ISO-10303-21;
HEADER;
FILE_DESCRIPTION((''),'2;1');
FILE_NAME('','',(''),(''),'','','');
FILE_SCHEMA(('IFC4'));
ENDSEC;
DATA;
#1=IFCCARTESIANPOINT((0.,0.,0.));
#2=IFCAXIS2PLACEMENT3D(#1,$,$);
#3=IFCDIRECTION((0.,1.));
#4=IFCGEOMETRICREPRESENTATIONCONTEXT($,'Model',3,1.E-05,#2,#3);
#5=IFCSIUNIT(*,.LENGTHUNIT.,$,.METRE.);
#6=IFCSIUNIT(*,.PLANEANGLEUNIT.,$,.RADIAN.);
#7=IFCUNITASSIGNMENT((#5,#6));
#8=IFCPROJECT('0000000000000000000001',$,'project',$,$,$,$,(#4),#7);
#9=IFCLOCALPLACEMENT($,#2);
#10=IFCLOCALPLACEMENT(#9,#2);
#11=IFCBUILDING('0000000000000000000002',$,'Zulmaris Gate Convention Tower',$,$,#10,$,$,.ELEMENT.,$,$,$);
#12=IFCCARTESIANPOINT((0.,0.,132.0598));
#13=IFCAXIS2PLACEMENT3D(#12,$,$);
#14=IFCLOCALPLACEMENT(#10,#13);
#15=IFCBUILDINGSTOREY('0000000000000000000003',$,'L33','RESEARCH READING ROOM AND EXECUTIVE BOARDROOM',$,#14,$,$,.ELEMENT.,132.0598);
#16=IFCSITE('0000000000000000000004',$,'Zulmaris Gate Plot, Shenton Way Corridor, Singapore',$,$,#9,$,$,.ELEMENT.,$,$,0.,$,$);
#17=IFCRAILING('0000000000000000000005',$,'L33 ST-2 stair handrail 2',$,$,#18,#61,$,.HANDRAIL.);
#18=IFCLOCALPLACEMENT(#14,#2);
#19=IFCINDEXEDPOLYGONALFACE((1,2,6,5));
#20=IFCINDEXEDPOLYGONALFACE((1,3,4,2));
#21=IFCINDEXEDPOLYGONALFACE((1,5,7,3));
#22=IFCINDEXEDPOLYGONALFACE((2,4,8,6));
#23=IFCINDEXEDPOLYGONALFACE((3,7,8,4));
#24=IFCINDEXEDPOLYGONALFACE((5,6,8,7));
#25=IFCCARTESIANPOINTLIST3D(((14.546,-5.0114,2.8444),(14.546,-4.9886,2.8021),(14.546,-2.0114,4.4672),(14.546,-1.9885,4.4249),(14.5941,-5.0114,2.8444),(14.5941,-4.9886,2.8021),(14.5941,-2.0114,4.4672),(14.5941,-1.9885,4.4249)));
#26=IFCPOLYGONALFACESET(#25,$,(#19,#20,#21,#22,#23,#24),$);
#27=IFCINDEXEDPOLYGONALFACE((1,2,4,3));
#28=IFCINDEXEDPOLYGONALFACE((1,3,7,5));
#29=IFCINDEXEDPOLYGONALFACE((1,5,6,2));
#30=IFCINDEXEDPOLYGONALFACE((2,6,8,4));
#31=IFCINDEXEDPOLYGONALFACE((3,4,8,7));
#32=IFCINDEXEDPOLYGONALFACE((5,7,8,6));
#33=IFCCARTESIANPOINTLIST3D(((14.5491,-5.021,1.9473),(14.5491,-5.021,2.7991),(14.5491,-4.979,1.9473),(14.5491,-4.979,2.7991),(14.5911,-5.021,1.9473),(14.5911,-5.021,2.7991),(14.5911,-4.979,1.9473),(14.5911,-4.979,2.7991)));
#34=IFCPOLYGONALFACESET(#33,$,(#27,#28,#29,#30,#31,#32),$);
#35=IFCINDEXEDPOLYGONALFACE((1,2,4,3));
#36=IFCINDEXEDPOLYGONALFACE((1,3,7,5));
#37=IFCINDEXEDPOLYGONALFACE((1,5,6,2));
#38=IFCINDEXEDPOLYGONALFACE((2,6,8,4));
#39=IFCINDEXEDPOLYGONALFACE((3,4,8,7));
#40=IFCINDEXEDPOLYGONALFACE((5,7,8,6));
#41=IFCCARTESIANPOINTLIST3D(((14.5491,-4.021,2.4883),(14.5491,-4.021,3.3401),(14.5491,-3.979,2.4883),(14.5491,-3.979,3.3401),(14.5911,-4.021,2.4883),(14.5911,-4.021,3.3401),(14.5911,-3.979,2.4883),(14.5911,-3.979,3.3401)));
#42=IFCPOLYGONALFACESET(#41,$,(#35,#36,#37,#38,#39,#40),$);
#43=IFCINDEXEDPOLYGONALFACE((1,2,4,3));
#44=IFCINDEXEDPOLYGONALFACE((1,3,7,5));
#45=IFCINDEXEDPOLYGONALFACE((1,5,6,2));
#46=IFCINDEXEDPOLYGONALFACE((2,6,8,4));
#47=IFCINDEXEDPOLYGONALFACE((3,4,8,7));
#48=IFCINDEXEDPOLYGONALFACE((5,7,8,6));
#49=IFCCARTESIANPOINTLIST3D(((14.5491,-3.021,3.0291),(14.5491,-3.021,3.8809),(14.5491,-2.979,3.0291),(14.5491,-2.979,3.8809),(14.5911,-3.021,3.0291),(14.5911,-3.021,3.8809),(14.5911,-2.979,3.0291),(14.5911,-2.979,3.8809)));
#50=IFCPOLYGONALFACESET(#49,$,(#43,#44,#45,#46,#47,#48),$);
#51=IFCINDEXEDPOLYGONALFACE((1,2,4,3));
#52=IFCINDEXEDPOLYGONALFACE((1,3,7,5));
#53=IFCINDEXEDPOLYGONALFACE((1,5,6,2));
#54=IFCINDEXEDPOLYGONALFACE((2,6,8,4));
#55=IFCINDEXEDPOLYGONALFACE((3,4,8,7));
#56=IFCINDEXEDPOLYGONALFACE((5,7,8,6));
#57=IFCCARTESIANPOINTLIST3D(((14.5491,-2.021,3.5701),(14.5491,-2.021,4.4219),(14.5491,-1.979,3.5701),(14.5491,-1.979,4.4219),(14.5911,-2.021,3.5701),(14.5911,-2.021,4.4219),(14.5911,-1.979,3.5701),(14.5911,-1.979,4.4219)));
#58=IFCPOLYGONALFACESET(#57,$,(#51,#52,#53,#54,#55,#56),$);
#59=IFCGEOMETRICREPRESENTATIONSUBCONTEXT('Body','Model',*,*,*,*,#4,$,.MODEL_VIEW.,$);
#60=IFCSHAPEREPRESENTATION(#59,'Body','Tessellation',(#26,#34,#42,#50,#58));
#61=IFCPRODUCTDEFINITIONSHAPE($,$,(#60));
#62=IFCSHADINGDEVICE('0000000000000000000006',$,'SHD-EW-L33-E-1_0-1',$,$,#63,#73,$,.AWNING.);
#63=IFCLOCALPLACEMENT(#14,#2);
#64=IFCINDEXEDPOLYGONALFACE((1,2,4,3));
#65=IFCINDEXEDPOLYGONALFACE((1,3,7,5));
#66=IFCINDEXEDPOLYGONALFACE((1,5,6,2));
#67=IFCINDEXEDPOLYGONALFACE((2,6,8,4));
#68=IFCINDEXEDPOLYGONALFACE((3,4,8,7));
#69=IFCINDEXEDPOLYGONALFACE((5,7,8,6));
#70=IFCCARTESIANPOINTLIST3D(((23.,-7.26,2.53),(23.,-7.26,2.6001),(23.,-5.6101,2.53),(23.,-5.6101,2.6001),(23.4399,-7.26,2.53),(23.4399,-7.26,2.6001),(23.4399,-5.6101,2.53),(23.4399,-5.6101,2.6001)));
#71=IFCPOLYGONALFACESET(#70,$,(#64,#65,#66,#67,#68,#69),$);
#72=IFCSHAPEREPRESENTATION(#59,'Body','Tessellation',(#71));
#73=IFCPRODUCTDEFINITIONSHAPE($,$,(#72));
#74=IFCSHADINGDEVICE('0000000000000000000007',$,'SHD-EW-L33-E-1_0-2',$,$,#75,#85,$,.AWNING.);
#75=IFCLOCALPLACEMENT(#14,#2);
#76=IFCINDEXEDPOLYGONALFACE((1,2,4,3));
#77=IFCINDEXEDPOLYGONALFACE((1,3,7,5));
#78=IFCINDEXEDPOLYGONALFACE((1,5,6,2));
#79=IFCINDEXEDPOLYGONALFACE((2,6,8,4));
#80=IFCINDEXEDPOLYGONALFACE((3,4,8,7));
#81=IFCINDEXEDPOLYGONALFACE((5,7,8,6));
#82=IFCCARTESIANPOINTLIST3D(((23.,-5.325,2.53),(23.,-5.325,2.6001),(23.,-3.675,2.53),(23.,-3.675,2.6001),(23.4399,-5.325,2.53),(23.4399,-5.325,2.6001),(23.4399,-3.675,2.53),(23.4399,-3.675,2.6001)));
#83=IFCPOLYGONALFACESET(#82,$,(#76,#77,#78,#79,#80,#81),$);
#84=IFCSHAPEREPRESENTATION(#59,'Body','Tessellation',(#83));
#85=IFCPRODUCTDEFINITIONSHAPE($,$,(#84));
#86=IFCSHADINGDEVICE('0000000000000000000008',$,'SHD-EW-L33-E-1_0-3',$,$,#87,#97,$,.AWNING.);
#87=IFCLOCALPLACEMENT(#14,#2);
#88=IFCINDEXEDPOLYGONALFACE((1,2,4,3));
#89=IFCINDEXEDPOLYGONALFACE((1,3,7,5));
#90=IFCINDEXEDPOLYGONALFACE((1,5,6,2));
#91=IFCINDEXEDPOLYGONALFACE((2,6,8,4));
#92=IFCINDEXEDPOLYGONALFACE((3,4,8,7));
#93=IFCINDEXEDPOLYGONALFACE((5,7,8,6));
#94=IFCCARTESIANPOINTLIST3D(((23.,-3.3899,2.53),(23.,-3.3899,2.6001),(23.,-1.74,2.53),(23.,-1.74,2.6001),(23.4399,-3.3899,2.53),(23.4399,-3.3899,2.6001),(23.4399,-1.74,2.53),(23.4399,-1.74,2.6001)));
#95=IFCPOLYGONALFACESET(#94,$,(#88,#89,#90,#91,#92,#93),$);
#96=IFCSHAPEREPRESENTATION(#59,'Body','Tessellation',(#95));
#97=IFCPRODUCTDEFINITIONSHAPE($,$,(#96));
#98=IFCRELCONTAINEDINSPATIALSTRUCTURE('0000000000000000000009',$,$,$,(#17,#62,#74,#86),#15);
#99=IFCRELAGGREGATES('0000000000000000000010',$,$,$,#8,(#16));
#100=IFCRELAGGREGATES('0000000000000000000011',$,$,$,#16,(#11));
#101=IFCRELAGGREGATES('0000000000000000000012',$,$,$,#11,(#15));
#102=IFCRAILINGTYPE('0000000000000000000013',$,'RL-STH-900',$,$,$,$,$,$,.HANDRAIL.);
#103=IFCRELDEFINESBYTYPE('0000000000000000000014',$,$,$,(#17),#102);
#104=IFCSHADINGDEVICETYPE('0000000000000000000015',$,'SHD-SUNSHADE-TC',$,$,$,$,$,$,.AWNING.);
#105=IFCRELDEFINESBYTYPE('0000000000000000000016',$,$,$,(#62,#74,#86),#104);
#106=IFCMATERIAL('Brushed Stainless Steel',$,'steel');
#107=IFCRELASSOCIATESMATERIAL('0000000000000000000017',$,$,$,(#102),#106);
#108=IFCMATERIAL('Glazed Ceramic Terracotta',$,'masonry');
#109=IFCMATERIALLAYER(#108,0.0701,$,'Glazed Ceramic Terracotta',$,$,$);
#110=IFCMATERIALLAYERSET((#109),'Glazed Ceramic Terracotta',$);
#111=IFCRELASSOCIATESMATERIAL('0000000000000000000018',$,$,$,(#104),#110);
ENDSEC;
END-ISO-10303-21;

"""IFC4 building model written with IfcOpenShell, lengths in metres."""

from ifc_helpers import new_model, si_unit, direction, frame, frame_2d, origin, origin_2d, place, context, subcontext, project, spatial, rectangle, extrude, material, layer, layer_set, type_object, element, save


model = new_model("IFC4")

# Units and contexts
model_context = context("Model", 3, precision=1e-05, world=origin(), true_north=direction((0.0, 1.0)))
body_context = subcontext(model_context, "Body", "Model", "MODEL_VIEW")
ifc_project = project(units=[si_unit("LENGTHUNIT", "METRE"), si_unit("PLANEANGLEUNIT", "RADIAN")], contexts=[model_context])

# Site, building, storey
site_placement = place(None, origin())
site = spatial("IfcSite", under=ifc_project, at=site_placement, Name="Zulmaris Gate Plot, Shenton Way Corridor, Singapore", CompositionType="ELEMENT", RefElevation=0.0)
building_placement = place(site_placement, origin())
building = spatial("IfcBuilding", under=site, at=building_placement, Name="Zulmaris Gate Convention Tower", CompositionType="ELEMENT")
storey_placement = place(building_placement, frame((0.0, 0.0, 132.0598)))
storey = spatial("IfcBuildingStorey", under=building, at=storey_placement, Name="L33", Description="RESEARCH READING ROOM AND EXECUTIVE BOARDROOM", CompositionType="ELEMENT", Elevation=132.0598)

# Shared definitions
ifc_material_1 = material(Name="Brushed Stainless Steel", Category="steel")

# Railing
railing_type_1 = type_object("IfcRailingType", Name="RL-STH-900", PredefinedType="HANDRAIL", material=ifc_material_1)
railing_1_placement = place(storey_placement, frame((14.5701, -5.0, 1.9473)))
element("IfcRailing", 1, at=railing_1_placement, inside=storey, type_object=railing_type_1, Name="L33 ST-2 stair handrail 2", PredefinedType="HANDRAIL", context=body_context, shape_type="SweptSolid", body=[
    extrude(rectangle(XDim=0.0481, YDim=0.0481, at=origin_2d()), frame((0.0, 0.0, 0.876), z_axis=(0.0, 0.879562, 0.475785), x_axis=(-1.0, 0.0, 0.0)), (0.0, 0.0, 1.0), 3.4109),
    extrude(rectangle(XDim=0.042, YDim=0.042, at=origin_2d()), origin(), (0.0, 0.0, 1.0), 0.8518),
    extrude(rectangle(XDim=0.042, YDim=0.042, at=origin_2d()), frame((0.0, 1.0, 0.541)), (0.0, 0.0, 1.0), 0.8518),
    extrude(rectangle(XDim=0.042, YDim=0.042, at=origin_2d()), frame((0.0, 2.0, 1.0818)), (0.0, 0.0, 1.0), 0.8518),
    extrude(rectangle(XDim=0.042, YDim=0.042, at=origin_2d()), frame((0.0, 3.0, 1.6228)), (0.0, 0.0, 1.0), 0.8518),
])

# Shading devices
ifc_material_2 = material(Name="Glazed Ceramic Terracotta", Category="masonry")
ifc_layer_1 = layer(ifc_material_2, 0.0701, Name="Glazed Ceramic Terracotta")
ifc_layer_set_1 = layer_set([ifc_layer_1], Name="Glazed Ceramic Terracotta")
shading_device_type = type_object("IfcShadingDeviceType", Name="SHD-SUNSHADE-TC", PredefinedType="AWNING", material=ifc_layer_set_1)
for number, where, z_axis, x_axis, name in (
    (2, (23.22, -7.26, 2.53), (0.0, 0.0, 1.0), (0.0, 1.0, 0.0), "SHD-EW-L33-E-1_0-1"),
    (3, (23.22, -5.325, 2.53), (0.0, 0.0, 1.0), (0.0, 1.0, 0.0), "SHD-EW-L33-E-1_0-2"),
    (4, (23.22, -3.3899, 2.53), (0.0, 0.0, 1.0), (0.0, 1.0, 0.0), "SHD-EW-L33-E-1_0-3"),
):
    element("IfcShadingDevice", number, at=place(storey_placement, frame(where, z_axis=z_axis, x_axis=x_axis)), inside=storey, type_object=shading_device_type, Name=name, PredefinedType="AWNING", context=body_context, shape_type="SweptSolid", body=[
        extrude(rectangle(XDim=1.6499, YDim=0.4399, at=frame_2d((0.825, 0.0))), origin(), (0.0, 0.0, 1.0), 0.0701),
    ])

save(model, "model.ifc")
